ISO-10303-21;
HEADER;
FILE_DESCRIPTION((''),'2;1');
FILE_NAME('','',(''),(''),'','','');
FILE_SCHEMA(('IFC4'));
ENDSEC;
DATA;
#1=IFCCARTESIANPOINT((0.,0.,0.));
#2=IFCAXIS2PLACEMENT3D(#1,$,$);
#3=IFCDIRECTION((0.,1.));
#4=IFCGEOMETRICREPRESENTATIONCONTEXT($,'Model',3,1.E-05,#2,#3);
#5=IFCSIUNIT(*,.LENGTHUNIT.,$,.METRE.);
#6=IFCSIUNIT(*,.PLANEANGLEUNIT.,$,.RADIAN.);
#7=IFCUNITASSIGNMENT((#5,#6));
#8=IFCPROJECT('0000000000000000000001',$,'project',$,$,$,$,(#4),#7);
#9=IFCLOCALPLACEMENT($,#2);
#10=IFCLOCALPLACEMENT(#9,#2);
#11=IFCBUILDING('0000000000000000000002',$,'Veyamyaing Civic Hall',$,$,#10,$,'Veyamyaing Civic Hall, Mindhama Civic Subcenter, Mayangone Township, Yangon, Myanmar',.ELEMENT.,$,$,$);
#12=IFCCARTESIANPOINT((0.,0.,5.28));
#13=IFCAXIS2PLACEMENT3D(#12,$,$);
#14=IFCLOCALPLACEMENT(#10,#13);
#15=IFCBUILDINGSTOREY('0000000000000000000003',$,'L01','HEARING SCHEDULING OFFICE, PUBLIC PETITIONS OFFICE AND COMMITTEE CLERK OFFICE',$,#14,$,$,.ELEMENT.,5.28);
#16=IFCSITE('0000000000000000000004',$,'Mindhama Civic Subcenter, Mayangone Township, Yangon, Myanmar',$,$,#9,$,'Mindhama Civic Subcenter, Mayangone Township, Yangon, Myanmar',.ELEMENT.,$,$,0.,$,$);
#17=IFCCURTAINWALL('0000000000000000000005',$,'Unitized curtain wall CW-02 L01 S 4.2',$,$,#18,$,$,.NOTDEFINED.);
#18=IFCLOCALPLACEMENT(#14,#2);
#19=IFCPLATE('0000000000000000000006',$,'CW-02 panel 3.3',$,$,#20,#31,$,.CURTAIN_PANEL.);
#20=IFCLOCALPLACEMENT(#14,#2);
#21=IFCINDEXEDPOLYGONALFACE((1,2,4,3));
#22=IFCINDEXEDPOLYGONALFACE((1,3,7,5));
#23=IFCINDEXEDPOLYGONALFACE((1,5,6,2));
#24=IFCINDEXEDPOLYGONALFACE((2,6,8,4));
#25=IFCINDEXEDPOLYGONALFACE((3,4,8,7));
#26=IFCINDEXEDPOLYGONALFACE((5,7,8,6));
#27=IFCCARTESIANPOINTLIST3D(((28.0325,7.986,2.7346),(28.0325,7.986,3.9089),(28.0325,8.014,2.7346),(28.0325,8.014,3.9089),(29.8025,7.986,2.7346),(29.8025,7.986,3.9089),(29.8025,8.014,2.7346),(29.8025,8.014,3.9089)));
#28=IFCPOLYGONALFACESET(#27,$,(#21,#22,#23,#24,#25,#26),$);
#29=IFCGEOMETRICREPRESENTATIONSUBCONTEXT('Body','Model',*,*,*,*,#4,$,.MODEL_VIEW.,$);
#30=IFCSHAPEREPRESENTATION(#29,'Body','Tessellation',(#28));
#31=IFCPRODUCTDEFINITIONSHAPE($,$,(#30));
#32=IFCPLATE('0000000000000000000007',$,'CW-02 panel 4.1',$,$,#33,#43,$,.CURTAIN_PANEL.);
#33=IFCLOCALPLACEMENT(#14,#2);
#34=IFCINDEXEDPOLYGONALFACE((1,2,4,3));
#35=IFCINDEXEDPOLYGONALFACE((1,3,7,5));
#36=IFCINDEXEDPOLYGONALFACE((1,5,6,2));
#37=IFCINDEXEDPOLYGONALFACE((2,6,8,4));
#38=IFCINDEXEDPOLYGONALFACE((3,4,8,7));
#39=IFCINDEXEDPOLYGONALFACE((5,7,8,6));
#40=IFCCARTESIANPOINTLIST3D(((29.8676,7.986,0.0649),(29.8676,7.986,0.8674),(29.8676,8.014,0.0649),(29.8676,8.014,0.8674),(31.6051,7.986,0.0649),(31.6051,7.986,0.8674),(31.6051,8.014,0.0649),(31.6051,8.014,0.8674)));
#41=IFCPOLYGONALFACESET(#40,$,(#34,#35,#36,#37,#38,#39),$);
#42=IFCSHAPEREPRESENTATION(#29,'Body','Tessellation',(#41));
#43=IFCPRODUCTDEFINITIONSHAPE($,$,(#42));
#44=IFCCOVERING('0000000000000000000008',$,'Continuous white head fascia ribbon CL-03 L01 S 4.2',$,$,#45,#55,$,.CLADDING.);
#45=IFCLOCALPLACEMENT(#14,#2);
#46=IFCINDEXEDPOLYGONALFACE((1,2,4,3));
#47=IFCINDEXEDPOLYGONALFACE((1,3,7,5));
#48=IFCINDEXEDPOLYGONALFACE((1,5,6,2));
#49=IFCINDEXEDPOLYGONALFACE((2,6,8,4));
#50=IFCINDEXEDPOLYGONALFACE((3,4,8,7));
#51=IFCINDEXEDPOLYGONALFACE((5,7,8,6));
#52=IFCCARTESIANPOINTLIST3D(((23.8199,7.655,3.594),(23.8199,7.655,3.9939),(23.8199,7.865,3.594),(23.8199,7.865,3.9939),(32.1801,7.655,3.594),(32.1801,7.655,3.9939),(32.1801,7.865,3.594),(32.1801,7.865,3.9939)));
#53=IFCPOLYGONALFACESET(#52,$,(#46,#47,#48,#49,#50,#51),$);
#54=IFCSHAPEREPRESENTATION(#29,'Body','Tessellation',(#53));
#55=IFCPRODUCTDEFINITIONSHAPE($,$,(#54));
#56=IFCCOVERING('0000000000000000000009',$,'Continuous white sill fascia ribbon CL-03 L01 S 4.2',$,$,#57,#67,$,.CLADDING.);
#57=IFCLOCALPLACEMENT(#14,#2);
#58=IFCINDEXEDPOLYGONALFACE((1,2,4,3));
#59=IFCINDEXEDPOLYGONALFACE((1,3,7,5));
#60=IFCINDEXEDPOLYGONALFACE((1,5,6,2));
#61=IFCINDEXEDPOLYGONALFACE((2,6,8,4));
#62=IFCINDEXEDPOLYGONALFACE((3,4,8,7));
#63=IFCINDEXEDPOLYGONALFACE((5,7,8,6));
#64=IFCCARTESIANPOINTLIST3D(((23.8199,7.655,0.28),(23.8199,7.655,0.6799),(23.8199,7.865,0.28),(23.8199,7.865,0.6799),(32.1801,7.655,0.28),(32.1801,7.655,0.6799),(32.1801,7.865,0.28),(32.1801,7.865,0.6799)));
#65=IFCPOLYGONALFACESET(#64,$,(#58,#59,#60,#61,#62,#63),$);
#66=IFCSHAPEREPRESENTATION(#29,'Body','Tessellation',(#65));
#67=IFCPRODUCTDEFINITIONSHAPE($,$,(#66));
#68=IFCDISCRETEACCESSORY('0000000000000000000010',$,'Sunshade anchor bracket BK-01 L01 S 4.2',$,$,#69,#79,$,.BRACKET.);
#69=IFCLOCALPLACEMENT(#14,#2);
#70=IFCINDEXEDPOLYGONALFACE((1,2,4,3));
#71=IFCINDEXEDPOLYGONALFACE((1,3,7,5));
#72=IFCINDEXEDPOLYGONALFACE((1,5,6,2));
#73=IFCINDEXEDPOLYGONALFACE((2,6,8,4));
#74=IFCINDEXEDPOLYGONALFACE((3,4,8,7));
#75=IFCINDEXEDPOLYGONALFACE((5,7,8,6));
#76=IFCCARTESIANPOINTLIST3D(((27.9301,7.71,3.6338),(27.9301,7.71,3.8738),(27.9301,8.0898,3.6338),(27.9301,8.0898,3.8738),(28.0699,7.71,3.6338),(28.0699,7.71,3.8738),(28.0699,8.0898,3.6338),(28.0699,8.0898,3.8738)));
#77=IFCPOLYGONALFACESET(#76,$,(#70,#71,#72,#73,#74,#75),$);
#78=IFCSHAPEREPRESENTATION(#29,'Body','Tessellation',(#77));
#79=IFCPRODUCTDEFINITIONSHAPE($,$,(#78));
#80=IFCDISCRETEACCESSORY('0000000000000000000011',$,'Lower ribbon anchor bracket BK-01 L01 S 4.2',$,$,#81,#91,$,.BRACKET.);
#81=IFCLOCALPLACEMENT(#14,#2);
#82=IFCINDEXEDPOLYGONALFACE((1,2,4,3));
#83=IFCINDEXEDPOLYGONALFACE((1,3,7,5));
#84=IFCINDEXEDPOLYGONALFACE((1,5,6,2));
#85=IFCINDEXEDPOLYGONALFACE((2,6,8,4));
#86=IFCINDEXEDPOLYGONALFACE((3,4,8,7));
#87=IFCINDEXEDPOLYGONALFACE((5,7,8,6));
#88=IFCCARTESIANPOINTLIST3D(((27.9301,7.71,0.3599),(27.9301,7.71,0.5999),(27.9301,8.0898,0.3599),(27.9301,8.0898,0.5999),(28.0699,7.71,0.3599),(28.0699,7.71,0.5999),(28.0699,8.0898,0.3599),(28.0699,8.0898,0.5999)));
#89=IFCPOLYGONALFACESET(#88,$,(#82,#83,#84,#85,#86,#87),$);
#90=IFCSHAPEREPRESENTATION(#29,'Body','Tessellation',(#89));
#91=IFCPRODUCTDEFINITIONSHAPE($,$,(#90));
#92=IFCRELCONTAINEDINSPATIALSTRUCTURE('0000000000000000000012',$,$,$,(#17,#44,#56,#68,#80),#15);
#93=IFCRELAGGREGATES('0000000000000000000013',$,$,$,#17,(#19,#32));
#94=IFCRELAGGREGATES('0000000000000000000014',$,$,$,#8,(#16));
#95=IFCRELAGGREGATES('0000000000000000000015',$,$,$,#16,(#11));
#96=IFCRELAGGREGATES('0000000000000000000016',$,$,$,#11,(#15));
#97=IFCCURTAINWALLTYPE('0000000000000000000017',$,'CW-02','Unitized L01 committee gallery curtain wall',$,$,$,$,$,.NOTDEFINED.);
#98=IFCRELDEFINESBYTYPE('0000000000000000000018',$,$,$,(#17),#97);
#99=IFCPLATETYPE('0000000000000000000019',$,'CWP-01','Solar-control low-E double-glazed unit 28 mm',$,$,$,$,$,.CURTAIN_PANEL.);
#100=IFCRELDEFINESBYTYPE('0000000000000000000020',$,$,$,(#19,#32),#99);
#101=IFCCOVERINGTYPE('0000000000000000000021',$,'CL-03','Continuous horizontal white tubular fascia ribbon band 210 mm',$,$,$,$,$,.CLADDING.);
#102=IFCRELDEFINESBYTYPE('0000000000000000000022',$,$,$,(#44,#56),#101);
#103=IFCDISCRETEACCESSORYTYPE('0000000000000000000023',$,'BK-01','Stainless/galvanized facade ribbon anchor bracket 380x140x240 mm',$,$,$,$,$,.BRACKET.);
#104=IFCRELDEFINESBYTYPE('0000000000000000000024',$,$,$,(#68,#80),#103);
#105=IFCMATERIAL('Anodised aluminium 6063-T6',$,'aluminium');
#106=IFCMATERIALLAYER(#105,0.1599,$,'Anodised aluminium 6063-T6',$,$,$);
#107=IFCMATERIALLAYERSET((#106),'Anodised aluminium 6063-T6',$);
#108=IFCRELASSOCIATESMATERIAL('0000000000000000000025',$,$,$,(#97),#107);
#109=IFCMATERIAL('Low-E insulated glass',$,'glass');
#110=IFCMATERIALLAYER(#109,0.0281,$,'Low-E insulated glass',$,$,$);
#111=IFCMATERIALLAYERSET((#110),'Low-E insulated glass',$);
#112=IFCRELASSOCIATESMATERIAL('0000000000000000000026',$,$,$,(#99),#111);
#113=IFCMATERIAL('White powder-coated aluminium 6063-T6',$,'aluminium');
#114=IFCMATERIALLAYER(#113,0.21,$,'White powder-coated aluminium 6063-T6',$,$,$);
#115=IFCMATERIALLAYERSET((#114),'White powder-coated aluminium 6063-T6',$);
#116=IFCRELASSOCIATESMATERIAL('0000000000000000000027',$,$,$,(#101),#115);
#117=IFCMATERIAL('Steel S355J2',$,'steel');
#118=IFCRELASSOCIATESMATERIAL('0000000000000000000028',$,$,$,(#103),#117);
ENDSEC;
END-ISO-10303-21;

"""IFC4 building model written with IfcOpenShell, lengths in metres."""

from ifc_helpers import new_model, si_unit, direction, frame, origin, origin_2d, place, context, subcontext, project, spatial, rectangle, extrude, material, layer, layer_set, type_object, element, aggregate, save


model = new_model("IFC4")

# Units and contexts
model_context = context("Model", 3, precision=1e-05, world=origin(), true_north=direction((0.0, 1.0)))
body_context = subcontext(model_context, "Body", "Model", "MODEL_VIEW")
ifc_project = project(units=[si_unit("LENGTHUNIT", "METRE"), si_unit("PLANEANGLEUNIT", "RADIAN")], contexts=[model_context])

# Site, building, storey
site_placement = place(None, origin())
site = spatial("IfcSite", under=ifc_project, at=site_placement, Name="Mindhama Civic Subcenter, Mayangone Township, Yangon, Myanmar", LongName="Mindhama Civic Subcenter, Mayangone Township, Yangon, Myanmar", CompositionType="ELEMENT", RefElevation=0.0)
building_placement = place(site_placement, origin())
building = spatial("IfcBuilding", under=site, at=building_placement, Name="Veyamyaing Civic Hall", LongName="Veyamyaing Civic Hall, Mindhama Civic Subcenter, Mayangone Township, Yangon, Myanmar", CompositionType="ELEMENT")
storey_placement = place(building_placement, frame((0.0, 0.0, 5.28)))
storey = spatial("IfcBuildingStorey", under=building, at=storey_placement, Name="L01", Description="HEARING SCHEDULING OFFICE, PUBLIC PETITIONS OFFICE AND COMMITTEE CLERK OFFICE", CompositionType="ELEMENT", Elevation=5.28)

# Curtain wall, plates
ifc_material_1 = material(Name="Anodised aluminium 6063-T6", Category="aluminium")
ifc_layer_1 = layer(ifc_material_1, 0.1599, Name="Anodised aluminium 6063-T6")
ifc_layer_set_1 = layer_set([ifc_layer_1], Name="Anodised aluminium 6063-T6")
curtain_wall_type = type_object("IfcCurtainWallType", Name="CW-02", Description="Unitized L01 committee gallery curtain wall", PredefinedType="NOTDEFINED", material=ifc_layer_set_1)
curtain_wall_placement = place(storey_placement, origin())
curtain_wall = element("IfcCurtainWall", 1, at=curtain_wall_placement, inside=storey, type_object=curtain_wall_type, Name="Unitized curtain wall CW-02 L01 S 4.2", PredefinedType="NOTDEFINED")
ifc_material_2 = material(Name="Low-E insulated glass", Category="glass")
ifc_layer_2 = layer(ifc_material_2, 0.0281, Name="Low-E insulated glass")
ifc_layer_set_2 = layer_set([ifc_layer_2], Name="Low-E insulated glass")
plate_type = type_object("IfcPlateType", Name="CWP-01", Description="Solar-control low-E double-glazed unit 28 mm", PredefinedType="CURTAIN_PANEL", material=ifc_layer_set_2)
plate_1_placement = place(storey_placement, frame((28.9175, 8.0, 2.7346), z_axis=(0.0, 0.0, 1.0), x_axis=(1.0, 0.0, 0.0)))
plate_1 = element("IfcPlate", 2, at=plate_1_placement, type_object=plate_type, Name="CW-02 panel 3.3", PredefinedType="CURTAIN_PANEL", context=body_context, shape_type="SweptSolid", body=[
    extrude(rectangle(XDim=1.77, YDim=0.0281, at=origin_2d()), origin(), (0.0, 0.0, 1.0), 1.1743),
])
plate_2_placement = place(storey_placement, frame((30.7363, 8.0, 0.0649), z_axis=(0.0, 0.0, 1.0), x_axis=(1.0, 0.0, 0.0)))
plate_2 = element("IfcPlate", 3, at=plate_2_placement, type_object=plate_type, Name="CW-02 panel 4.1", PredefinedType="CURTAIN_PANEL", context=body_context, shape_type="SweptSolid", body=[
    extrude(rectangle(XDim=1.7375, YDim=0.0281, at=origin_2d()), origin(), (0.0, 0.0, 1.0), 0.8025),
])
aggregate(curtain_wall, [plate_1, plate_2])

# Coverings
ifc_material_3 = material(Name="White powder-coated aluminium 6063-T6", Category="aluminium")
ifc_layer_3 = layer(ifc_material_3, 0.21, Name="White powder-coated aluminium 6063-T6")
ifc_layer_set_3 = layer_set([ifc_layer_3], Name="White powder-coated aluminium 6063-T6")
covering_type = type_object("IfcCoveringType", Name="CL-03", Description="Continuous horizontal white tubular fascia ribbon band 210 mm", PredefinedType="CLADDING", material=ifc_layer_set_3)
for number, where, z_axis, x_axis, name in (
    (4, (28.0, 7.76, 3.594), (0.0, 0.0, 1.0), (1.0, 0.0, 0.0), "Continuous white head fascia ribbon CL-03 L01 S 4.2"),
    (5, (28.0, 7.76, 0.28), (0.0, 0.0, 1.0), (1.0, 0.0, 0.0), "Continuous white sill fascia ribbon CL-03 L01 S 4.2"),
):
    element("IfcCovering", number, at=place(storey_placement, frame(where, z_axis=z_axis, x_axis=x_axis)), inside=storey, type_object=covering_type, Name=name, PredefinedType="CLADDING", context=body_context, shape_type="SweptSolid", body=[
        extrude(rectangle(XDim=8.3601, YDim=0.21, at=origin_2d()), origin(), (0.0, 0.0, 1.0), 0.3999),
    ])

# Discrete accessories
ifc_material_4 = material(Name="Steel S355J2", Category="steel")
discrete_accessory_type = type_object("IfcDiscreteAccessoryType", Name="BK-01", Description="Stainless/galvanized facade ribbon anchor bracket 380x140x240 mm", PredefinedType="BRACKET", material=ifc_material_4)
for number, where, z_axis, x_axis, name in (
    (6, (28.0, 7.8999, 3.6338), (0.0, 0.0, 1.0), (0.0, -1.0, 0.0), "Sunshade anchor bracket BK-01 L01 S 4.2"),
    (7, (28.0, 7.8999, 0.3599), (0.0, 0.0, 1.0), (0.0, -1.0, 0.0), "Lower ribbon anchor bracket BK-01 L01 S 4.2"),
):
    element("IfcDiscreteAccessory", number, at=place(storey_placement, frame(where, z_axis=z_axis, x_axis=x_axis)), inside=storey, type_object=discrete_accessory_type, Name=name, PredefinedType="BRACKET", context=body_context, shape_type="SweptSolid", body=[
        extrude(rectangle(XDim=0.3799, YDim=0.1399, at=origin_2d()), origin(), (0.0, 0.0, 1.0), 0.24),
    ])

save(model, "model.ifc")
